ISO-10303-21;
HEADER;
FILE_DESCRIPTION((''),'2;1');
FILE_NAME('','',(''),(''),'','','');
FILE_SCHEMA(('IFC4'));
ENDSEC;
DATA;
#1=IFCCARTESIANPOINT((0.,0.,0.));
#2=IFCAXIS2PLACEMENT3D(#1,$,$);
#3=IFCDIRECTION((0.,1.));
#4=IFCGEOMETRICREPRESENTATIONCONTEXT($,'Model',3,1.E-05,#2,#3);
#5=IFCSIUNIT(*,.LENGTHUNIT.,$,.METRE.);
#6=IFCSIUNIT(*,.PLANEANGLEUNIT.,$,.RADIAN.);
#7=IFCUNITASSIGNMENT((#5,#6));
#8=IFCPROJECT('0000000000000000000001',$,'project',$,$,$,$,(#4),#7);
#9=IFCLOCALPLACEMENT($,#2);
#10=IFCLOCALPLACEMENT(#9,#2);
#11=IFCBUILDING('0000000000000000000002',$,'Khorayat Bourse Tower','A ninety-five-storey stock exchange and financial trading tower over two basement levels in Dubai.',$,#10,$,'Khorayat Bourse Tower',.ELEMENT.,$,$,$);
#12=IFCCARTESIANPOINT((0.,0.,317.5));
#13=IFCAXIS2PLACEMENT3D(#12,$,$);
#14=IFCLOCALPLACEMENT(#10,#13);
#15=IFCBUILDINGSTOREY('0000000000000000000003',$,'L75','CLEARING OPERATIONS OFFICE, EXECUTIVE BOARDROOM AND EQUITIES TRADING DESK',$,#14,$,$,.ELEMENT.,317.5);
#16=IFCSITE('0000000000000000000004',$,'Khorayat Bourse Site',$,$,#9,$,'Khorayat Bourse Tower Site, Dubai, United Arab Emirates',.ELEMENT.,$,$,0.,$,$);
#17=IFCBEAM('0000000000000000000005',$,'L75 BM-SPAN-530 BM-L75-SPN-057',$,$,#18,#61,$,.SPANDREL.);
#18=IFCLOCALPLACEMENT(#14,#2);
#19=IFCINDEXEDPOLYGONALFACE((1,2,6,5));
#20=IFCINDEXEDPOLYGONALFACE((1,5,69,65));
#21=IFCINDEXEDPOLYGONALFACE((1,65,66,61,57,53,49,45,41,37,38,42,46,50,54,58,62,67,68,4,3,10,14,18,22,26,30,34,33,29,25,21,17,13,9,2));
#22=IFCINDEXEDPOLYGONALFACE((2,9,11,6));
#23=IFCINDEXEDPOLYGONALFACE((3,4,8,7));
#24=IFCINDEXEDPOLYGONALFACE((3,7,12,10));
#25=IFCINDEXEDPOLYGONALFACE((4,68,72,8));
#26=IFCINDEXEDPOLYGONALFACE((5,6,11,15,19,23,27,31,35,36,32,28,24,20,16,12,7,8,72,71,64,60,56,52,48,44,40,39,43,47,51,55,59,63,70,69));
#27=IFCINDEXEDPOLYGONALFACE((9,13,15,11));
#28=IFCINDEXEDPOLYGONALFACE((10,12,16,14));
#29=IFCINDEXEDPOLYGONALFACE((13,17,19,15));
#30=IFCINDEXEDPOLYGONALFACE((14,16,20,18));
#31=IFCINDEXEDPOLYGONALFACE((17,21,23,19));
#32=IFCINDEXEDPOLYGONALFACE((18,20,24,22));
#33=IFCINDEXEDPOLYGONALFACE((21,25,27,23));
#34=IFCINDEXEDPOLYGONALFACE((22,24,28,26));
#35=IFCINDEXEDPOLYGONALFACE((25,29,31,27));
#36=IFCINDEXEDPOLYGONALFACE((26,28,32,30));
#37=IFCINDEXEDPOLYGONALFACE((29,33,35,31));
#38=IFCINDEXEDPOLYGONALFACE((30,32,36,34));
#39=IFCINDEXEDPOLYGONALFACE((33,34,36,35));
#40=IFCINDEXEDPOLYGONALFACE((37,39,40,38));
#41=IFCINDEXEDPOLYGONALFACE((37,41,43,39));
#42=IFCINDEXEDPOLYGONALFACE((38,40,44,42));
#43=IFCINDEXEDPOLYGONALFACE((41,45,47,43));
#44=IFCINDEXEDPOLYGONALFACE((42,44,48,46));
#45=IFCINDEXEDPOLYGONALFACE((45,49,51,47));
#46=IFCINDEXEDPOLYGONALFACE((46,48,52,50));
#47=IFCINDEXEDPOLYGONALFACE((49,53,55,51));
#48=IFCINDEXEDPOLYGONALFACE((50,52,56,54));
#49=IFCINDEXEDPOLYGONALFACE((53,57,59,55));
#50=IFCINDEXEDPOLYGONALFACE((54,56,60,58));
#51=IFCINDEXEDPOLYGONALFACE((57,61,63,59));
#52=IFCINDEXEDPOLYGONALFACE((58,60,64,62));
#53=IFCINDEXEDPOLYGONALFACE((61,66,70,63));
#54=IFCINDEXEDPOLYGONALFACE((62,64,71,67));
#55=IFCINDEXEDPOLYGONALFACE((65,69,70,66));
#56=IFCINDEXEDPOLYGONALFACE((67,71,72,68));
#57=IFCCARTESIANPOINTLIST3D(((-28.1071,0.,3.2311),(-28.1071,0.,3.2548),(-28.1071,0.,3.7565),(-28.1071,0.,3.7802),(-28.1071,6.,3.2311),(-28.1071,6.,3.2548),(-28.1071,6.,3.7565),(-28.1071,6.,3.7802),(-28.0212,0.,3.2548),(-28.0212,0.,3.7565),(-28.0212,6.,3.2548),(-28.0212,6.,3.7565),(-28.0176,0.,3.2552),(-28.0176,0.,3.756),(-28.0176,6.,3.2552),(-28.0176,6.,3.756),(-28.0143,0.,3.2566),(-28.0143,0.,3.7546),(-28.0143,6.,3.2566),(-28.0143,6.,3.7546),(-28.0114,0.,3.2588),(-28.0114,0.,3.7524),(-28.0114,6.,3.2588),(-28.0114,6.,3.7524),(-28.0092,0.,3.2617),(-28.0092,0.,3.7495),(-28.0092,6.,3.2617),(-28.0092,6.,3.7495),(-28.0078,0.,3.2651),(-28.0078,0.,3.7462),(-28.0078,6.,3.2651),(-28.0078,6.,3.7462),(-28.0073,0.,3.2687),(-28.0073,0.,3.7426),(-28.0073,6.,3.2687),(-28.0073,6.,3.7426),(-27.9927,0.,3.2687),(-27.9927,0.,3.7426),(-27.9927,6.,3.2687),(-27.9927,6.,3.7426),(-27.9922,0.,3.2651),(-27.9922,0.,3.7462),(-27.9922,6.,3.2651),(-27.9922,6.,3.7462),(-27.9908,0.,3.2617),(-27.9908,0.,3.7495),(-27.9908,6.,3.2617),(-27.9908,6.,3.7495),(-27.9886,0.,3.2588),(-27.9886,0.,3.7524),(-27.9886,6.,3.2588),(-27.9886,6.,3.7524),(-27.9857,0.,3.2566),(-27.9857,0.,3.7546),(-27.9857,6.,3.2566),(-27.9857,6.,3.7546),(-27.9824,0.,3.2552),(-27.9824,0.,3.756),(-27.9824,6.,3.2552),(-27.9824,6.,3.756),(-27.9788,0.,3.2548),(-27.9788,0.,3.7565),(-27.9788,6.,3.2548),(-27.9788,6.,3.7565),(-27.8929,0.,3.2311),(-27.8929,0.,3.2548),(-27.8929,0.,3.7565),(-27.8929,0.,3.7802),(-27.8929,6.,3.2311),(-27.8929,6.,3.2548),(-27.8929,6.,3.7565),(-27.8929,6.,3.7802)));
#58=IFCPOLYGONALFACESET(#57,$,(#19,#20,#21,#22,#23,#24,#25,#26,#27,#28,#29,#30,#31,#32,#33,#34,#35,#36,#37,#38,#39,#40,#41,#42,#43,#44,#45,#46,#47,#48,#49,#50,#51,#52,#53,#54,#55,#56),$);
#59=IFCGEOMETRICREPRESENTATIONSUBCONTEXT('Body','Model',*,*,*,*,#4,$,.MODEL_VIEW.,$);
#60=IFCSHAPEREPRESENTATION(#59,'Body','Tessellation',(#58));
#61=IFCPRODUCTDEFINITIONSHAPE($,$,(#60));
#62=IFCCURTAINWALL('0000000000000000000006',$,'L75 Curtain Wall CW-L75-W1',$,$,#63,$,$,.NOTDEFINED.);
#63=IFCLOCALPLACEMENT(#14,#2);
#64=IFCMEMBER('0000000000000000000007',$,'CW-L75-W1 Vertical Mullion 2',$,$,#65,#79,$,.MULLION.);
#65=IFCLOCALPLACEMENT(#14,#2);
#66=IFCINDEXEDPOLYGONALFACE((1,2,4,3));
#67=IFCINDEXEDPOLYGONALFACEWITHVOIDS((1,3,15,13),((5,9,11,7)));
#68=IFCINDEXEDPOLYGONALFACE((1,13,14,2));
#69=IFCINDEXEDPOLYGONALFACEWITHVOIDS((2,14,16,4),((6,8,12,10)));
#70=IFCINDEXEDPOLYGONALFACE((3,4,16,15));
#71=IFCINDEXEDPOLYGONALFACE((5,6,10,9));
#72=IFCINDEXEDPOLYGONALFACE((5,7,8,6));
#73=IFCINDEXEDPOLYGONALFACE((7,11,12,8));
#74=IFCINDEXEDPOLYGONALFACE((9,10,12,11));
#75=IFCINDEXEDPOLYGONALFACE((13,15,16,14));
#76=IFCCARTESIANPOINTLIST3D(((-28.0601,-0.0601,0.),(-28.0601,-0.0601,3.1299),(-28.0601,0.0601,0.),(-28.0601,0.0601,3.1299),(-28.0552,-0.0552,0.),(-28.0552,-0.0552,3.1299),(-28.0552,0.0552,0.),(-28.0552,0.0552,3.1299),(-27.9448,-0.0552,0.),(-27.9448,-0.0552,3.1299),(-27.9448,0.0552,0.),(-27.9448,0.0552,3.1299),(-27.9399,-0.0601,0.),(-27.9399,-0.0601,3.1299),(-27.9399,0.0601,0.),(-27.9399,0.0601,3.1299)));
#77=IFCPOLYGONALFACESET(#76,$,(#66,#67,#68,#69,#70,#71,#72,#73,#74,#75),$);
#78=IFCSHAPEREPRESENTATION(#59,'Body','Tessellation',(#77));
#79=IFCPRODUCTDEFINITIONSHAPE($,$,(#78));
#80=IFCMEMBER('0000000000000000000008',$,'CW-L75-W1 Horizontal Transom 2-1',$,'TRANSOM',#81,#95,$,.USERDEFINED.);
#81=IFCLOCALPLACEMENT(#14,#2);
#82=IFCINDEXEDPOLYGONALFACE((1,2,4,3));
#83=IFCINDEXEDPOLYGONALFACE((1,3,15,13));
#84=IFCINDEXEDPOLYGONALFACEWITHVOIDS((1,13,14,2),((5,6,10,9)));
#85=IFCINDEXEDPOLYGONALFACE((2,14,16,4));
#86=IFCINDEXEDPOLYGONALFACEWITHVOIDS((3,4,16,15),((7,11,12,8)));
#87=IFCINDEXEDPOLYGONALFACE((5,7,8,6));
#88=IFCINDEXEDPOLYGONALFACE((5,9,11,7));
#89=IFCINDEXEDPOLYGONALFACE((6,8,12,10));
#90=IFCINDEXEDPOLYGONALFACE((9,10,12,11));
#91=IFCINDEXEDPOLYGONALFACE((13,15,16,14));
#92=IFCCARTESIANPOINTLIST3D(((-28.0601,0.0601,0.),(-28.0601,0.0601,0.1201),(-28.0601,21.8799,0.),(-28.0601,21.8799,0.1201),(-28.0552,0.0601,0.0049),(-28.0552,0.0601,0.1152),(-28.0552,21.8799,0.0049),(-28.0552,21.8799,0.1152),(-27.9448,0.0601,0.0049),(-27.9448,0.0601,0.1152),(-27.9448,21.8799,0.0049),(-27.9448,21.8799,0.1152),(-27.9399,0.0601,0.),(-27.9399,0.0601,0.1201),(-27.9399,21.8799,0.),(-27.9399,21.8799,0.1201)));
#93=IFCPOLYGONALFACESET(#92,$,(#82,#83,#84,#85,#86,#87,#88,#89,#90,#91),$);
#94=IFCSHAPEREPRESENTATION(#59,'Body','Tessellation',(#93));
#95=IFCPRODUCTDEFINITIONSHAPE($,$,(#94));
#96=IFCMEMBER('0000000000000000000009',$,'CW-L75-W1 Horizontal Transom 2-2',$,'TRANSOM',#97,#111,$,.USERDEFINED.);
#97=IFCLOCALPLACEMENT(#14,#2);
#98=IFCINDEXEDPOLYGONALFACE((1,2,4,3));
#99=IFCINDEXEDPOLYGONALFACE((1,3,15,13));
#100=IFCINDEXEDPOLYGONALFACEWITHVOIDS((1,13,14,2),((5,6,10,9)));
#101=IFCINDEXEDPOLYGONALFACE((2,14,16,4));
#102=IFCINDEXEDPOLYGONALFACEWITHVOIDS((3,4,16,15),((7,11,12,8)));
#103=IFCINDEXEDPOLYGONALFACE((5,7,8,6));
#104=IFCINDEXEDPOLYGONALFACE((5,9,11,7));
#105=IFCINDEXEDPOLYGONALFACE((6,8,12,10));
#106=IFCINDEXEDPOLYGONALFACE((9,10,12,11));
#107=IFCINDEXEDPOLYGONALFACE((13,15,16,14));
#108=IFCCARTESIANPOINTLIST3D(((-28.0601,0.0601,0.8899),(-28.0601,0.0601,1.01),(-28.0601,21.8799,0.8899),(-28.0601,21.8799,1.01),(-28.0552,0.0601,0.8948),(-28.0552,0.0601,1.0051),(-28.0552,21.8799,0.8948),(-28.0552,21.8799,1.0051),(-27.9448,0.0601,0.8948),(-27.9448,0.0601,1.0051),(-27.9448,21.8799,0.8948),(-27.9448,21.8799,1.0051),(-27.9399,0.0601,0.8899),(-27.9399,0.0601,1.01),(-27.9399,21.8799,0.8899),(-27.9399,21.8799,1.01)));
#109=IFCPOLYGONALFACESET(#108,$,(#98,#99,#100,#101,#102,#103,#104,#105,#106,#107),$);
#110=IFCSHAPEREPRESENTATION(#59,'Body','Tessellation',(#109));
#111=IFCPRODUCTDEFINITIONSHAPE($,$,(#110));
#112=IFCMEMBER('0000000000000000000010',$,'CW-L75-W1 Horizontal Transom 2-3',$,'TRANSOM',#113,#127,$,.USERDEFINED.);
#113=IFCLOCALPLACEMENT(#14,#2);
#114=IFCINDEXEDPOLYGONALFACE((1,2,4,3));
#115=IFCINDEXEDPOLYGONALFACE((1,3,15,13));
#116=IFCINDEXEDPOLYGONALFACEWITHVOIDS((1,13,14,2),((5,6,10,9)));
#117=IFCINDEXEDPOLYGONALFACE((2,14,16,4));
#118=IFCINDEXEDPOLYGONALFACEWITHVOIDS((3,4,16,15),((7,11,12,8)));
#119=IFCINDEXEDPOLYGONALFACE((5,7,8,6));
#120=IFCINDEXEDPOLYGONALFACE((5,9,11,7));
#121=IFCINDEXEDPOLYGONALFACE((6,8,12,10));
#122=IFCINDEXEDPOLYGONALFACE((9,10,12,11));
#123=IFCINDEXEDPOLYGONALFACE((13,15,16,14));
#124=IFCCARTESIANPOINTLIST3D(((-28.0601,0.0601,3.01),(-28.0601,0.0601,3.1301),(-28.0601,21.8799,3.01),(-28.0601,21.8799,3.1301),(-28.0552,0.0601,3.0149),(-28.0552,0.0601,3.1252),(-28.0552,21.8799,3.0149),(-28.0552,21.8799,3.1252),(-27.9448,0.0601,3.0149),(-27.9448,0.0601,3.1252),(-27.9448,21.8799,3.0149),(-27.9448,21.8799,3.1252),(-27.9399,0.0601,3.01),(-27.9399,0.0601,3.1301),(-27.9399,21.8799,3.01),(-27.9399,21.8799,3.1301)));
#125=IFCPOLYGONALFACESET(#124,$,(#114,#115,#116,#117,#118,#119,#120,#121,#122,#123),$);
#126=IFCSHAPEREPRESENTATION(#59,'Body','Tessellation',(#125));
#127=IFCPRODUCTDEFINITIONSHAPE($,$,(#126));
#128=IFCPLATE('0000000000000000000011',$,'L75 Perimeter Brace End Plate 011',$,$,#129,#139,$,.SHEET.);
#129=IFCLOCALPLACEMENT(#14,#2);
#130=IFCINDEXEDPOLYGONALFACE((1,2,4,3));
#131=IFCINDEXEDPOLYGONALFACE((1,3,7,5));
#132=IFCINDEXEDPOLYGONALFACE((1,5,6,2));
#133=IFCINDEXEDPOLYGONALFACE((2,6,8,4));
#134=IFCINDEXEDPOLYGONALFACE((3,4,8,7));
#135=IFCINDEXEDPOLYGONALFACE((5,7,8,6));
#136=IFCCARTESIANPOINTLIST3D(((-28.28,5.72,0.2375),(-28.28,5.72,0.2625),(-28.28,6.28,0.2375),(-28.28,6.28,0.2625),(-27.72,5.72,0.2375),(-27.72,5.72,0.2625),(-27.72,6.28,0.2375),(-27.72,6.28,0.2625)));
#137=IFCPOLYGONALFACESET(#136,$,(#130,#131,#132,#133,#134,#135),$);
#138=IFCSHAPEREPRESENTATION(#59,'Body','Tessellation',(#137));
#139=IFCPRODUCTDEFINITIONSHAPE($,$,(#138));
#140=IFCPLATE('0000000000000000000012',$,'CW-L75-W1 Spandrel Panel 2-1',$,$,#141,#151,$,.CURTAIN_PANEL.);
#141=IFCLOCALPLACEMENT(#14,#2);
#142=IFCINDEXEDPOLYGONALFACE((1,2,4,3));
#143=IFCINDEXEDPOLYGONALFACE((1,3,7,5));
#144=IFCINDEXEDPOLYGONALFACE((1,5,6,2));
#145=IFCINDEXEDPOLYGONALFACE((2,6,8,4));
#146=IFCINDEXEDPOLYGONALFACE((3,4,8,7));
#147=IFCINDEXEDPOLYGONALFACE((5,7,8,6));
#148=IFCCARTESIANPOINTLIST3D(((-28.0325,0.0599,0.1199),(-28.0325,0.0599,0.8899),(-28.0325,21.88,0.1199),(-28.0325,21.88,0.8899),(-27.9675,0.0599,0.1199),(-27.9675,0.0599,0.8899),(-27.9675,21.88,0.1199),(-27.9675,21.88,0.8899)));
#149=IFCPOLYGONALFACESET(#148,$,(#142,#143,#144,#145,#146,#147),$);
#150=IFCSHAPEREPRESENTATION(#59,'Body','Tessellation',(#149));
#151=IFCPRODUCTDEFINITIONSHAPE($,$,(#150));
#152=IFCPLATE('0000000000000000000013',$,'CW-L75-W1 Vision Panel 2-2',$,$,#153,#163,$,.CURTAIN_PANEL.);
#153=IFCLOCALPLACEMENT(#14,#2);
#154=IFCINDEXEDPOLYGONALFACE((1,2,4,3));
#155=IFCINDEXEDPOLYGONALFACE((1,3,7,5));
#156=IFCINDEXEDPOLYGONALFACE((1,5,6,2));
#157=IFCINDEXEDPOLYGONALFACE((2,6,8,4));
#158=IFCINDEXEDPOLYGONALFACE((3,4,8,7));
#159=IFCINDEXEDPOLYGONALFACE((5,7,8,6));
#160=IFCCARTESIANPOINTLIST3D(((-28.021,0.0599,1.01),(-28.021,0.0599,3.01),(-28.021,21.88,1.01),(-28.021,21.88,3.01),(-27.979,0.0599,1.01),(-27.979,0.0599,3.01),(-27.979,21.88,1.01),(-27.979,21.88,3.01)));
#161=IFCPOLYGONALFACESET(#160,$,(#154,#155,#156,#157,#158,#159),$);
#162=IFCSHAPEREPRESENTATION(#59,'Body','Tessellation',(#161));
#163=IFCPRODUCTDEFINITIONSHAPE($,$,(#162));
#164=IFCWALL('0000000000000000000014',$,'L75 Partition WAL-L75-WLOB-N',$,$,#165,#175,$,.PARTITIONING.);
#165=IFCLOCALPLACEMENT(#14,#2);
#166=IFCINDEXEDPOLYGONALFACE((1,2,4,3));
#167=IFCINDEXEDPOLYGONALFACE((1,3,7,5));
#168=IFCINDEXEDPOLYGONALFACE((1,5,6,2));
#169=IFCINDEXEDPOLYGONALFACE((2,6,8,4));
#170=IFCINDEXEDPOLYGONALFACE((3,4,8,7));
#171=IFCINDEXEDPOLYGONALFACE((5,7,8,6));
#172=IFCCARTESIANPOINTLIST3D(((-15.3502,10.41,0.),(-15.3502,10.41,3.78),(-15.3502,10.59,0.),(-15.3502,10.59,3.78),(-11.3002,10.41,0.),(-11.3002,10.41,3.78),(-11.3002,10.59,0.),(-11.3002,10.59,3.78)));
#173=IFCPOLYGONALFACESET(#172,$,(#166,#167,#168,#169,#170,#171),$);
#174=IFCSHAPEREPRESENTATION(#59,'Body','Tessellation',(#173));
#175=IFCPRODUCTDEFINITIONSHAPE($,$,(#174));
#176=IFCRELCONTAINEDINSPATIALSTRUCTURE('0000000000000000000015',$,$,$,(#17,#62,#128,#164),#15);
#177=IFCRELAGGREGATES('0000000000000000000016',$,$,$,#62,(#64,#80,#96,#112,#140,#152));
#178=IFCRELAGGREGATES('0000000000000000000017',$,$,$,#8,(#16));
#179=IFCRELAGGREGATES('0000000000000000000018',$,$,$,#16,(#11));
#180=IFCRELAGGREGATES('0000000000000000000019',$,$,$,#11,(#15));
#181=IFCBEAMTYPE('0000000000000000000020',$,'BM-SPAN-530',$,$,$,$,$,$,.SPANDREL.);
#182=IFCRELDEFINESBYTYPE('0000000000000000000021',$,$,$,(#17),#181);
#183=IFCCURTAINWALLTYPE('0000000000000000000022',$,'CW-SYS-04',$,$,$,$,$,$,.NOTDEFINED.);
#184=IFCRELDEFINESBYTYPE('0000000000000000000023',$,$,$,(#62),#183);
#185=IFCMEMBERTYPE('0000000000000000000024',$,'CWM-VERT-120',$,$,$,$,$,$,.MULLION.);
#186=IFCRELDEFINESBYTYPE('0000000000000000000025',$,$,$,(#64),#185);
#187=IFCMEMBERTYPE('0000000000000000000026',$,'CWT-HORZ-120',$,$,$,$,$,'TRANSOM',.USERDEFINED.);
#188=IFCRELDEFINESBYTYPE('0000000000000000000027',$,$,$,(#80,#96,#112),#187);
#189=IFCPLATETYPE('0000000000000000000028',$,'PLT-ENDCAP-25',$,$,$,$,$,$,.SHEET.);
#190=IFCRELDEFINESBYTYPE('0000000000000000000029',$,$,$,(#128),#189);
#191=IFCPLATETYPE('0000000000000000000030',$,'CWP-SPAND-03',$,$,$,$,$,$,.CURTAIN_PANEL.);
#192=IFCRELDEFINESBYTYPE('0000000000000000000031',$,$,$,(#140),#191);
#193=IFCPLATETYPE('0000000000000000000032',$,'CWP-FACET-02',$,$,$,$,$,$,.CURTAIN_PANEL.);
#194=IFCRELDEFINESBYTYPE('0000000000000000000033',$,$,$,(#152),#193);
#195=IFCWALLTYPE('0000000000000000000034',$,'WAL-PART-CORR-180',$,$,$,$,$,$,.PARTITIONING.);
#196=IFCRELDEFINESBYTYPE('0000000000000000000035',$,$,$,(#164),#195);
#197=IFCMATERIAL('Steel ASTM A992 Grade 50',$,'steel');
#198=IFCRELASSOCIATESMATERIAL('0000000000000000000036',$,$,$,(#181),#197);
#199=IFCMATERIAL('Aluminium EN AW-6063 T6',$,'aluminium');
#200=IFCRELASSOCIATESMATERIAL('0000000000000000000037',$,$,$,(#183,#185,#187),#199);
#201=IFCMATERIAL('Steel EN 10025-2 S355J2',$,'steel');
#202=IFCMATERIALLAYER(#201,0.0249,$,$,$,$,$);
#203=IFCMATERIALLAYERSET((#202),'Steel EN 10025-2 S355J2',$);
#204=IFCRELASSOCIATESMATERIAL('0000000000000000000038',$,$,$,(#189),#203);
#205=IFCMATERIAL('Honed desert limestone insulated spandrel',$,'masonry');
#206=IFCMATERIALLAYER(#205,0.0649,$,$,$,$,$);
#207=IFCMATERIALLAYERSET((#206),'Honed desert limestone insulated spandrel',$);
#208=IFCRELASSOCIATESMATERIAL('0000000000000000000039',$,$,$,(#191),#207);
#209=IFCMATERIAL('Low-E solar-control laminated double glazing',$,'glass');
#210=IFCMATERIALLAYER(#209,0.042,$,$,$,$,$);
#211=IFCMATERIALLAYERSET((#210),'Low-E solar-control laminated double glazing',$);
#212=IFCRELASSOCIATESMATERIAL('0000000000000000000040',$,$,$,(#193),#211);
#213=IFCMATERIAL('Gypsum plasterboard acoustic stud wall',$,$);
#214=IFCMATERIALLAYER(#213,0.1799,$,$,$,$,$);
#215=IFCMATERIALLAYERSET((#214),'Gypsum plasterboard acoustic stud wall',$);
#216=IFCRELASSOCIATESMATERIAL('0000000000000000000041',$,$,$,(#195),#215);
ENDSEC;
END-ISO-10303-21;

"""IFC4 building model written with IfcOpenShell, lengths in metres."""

from ifc_helpers import new_model, si_unit, direction, frame, frame_2d, origin, origin_2d, place, context, subcontext, project, spatial, rectangle, hollow_rectangle, i_section, extrude, source, transform, mapped, material, layer, layer_set, material_profile, profile_set, type_object, element, aggregate, save


model = new_model("IFC4")

# Units and contexts
model_context = context("Model", 3, precision=1e-05, world=origin(), true_north=direction((0.0, 1.0)))
body_context = subcontext(model_context, "Body", "Model", "MODEL_VIEW")
ifc_project = project(units=[si_unit("LENGTHUNIT", "METRE"), si_unit("PLANEANGLEUNIT", "RADIAN")], contexts=[model_context])

# Site, building, storey
site_placement = place(None, origin())
site = spatial("IfcSite", under=ifc_project, at=site_placement, Name="Khorayat Bourse Site", LongName="Khorayat Bourse Tower Site, Dubai, United Arab Emirates", CompositionType="ELEMENT", RefElevation=0.0)
building_placement = place(site_placement, origin())
building = spatial("IfcBuilding", under=site, at=building_placement, Name="Khorayat Bourse Tower", Description="A ninety-five-storey stock exchange and financial trading tower over two basement levels in Dubai.", LongName="Khorayat Bourse Tower", CompositionType="ELEMENT")
storey_placement = place(building_placement, frame((0.0, 0.0, 317.5)))
storey = spatial("IfcBuildingStorey", under=building, at=storey_placement, Name="L75", Description="CLEARING OPERATIONS OFFICE, EXECUTIVE BOARDROOM AND EQUITIES TRADING DESK", CompositionType="ELEMENT", Elevation=317.5)

# Beam
ifc_material_1 = material(Name="Steel ASTM A992 Grade 50", Category="steel")
ifc_material_profile_1 = material_profile(ifc_material_1, i_section(OverallWidth=0.2141, OverallDepth=0.5491, WebThickness=0.0146, FlangeThickness=0.0237, FilletRadius=0.0139, at=origin_2d()), Name="W530X138")
ifc_profile_set_1 = profile_set([ifc_material_profile_1], Name="Steel ASTM A992 Grade 50")
beam_type_1 = type_object("IfcBeamType", Name="BM-SPAN-530", PredefinedType="SPANDREL", material=ifc_profile_set_1)
shared_shape_1 = source(origin(), body_context, "Body", "SweptSolid", [
    extrude(i_section(OverallWidth=0.2141, OverallDepth=0.5491, WebThickness=0.0146, FlangeThickness=0.0237, FilletRadius=0.0139, at=origin_2d()), origin(), (0.0, 0.0, 1.0), 6.0),
])
beam_1_placement = place(storey_placement, frame((-28.0, 0.0, 3.5056), z_axis=(0.0, 1.0, 0.0), x_axis=(-1.0, 0.0, 0.0)))
element("IfcBeam", 1, at=beam_1_placement, inside=storey, type_object=beam_type_1, Name="L75 BM-SPAN-530 BM-L75-SPN-057", PredefinedType="SPANDREL", context=body_context, shape_type="MappedRepresentation", body=[
    mapped(shared_shape_1, transform((0.0, 0.0, 0.0), scale=1.0)),
])

# Curtain wall, members
ifc_material_2 = material(Name="Aluminium EN AW-6063 T6", Category="aluminium")
curtain_wall_type = type_object("IfcCurtainWallType", Name="CW-SYS-04", PredefinedType="NOTDEFINED", material=ifc_material_2)
curtain_wall_placement = place(storey_placement, origin())
curtain_wall = element("IfcCurtainWall", 2, at=curtain_wall_placement, inside=storey, type_object=curtain_wall_type, Name="L75 Curtain Wall CW-L75-W1", PredefinedType="NOTDEFINED")
ifc_material_profile_2 = material_profile(ifc_material_2, hollow_rectangle(XDim=0.1201, YDim=0.1201, WallThickness=0.0049, at=origin_2d()), Name="ALU 120x120x5")
ifc_profile_set_2 = profile_set([ifc_material_profile_2], Name="Aluminium EN AW-6063 T6")
member_type_1 = type_object("IfcMemberType", Name="CWM-VERT-120", PredefinedType="MULLION", material=ifc_profile_set_2)
shared_shape_2 = source(origin(), body_context, "Body", "SweptSolid", [
    extrude(hollow_rectangle(XDim=0.1201, YDim=0.1201, WallThickness=0.0049, at=origin_2d()), origin(), (0.0, 0.0, 1.0), 3.1299),
])
member_1_placement = place(storey_placement, frame((-28.0, 0.0, 0.0), z_axis=(0.0, 0.0, 1.0), x_axis=(-1.0, 0.0, 0.0)))
member_1 = element("IfcMember", 3, at=member_1_placement, type_object=member_type_1, Name="CW-L75-W1 Vertical Mullion 2", PredefinedType="MULLION", context=body_context, shape_type="MappedRepresentation", body=[
    mapped(shared_shape_2, transform((0.0, 0.0, 0.0), scale=1.0)),
])
ifc_material_profile_3 = material_profile(ifc_material_2, hollow_rectangle(XDim=0.1201, YDim=0.1201, WallThickness=0.0049, at=origin_2d()), Name="ALU 120x120x5")
ifc_profile_set_3 = profile_set([ifc_material_profile_3], Name="Aluminium EN AW-6063 T6")
member_type_2 = type_object("IfcMemberType", Name="CWT-HORZ-120", ElementType="TRANSOM", PredefinedType="USERDEFINED", material=ifc_profile_set_3)
shared_shape_3 = source(origin(), body_context, "Body", "SweptSolid", [
    extrude(hollow_rectangle(XDim=0.1201, YDim=0.1201, WallThickness=0.0049, at=origin_2d()), origin(), (0.0, 0.0, 1.0), 21.8198),
])
member_2_placement = place(storey_placement, frame((-28.0, 0.0601, 0.0601), z_axis=(0.0, 1.0, 0.0), x_axis=(-1.0, 0.0, 0.0)))
member_2 = element("IfcMember", 4, at=member_2_placement, type_object=member_type_2, Name="CW-L75-W1 Horizontal Transom 2-1", ObjectType="TRANSOM", PredefinedType="USERDEFINED", context=body_context, shape_type="MappedRepresentation", body=[
    mapped(shared_shape_3, transform((0.0, 0.0, 0.0), scale=1.0)),
])
member_3_placement = place(storey_placement, frame((-28.0, 0.0601, 0.95), z_axis=(0.0, 1.0, 0.0), x_axis=(-1.0, 0.0, 0.0)))
member_3 = element("IfcMember", 5, at=member_3_placement, type_object=member_type_2, Name="CW-L75-W1 Horizontal Transom 2-2", ObjectType="TRANSOM", PredefinedType="USERDEFINED", context=body_context, shape_type="MappedRepresentation", body=[
    mapped(shared_shape_3, transform((0.0, 0.0, 0.0), scale=1.0)),
])
member_4_placement = place(storey_placement, frame((-28.0, 0.0601, 3.0701), z_axis=(0.0, 1.0, 0.0), x_axis=(-1.0, 0.0, 0.0)))
member_4 = element("IfcMember", 6, at=member_4_placement, type_object=member_type_2, Name="CW-L75-W1 Horizontal Transom 2-3", ObjectType="TRANSOM", PredefinedType="USERDEFINED", context=body_context, shape_type="MappedRepresentation", body=[
    mapped(shared_shape_3, transform((0.0, 0.0, 0.0), scale=1.0)),
])

# Plates
ifc_material_3 = material(Name="Steel EN 10025-2 S355J2", Category="steel")
ifc_layer_1 = layer(ifc_material_3, 0.0249)
ifc_layer_set_1 = layer_set([ifc_layer_1], Name="Steel EN 10025-2 S355J2")
plate_type_1 = type_object("IfcPlateType", Name="PLT-ENDCAP-25", PredefinedType="SHEET", material=ifc_layer_set_1)
shared_shape_4 = source(origin(), body_context, "Body", "SweptSolid", [
    extrude(rectangle(XDim=0.5601, YDim=0.5601, at=origin_2d()), origin(), (0.0, 0.0, 1.0), 0.0249),
])
plate_1_placement = place(storey_placement, frame((-28.0, 6.0, 0.2375), z_axis=(0.0, 0.0, 1.0), x_axis=(1.0, 0.0, 0.0)))
element("IfcPlate", 7, at=plate_1_placement, inside=storey, type_object=plate_type_1, Name="L75 Perimeter Brace End Plate 011", PredefinedType="SHEET", context=body_context, shape_type="MappedRepresentation", body=[
    mapped(shared_shape_4, transform((0.0, 0.0, 0.0), scale=1.0)),
])
ifc_material_4 = material(Name="Honed desert limestone insulated spandrel", Category="masonry")
ifc_layer_2 = layer(ifc_material_4, 0.0649)
ifc_layer_set_2 = layer_set([ifc_layer_2], Name="Honed desert limestone insulated spandrel")
plate_type_2 = type_object("IfcPlateType", Name="CWP-SPAND-03", PredefinedType="CURTAIN_PANEL", material=ifc_layer_set_2)
shared_shape_5 = source(origin(), body_context, "Body", "SweptSolid", [
    extrude(rectangle(XDim=21.8201, YDim=0.0649, at=origin_2d()), origin(), (0.0, 0.0, 1.0), 0.77),
])
plate_2_placement = place(storey_placement, frame((-28.0, 10.97, 0.1199), z_axis=(0.0, 0.0, 1.0), x_axis=(0.0, 1.0, 0.0)))
plate_2 = element("IfcPlate", 8, at=plate_2_placement, type_object=plate_type_2, Name="CW-L75-W1 Spandrel Panel 2-1", PredefinedType="CURTAIN_PANEL", context=body_context, shape_type="MappedRepresentation", body=[
    mapped(shared_shape_5, transform((0.0, 0.0, 0.0), scale=1.0)),
])
ifc_material_5 = material(Name="Low-E solar-control laminated double glazing", Category="glass")
ifc_layer_3 = layer(ifc_material_5, 0.042)
ifc_layer_set_3 = layer_set([ifc_layer_3], Name="Low-E solar-control laminated double glazing")
plate_type_3 = type_object("IfcPlateType", Name="CWP-FACET-02", PredefinedType="CURTAIN_PANEL", material=ifc_layer_set_3)
shared_shape_6 = source(origin(), body_context, "Body", "SweptSolid", [
    extrude(rectangle(XDim=21.8201, YDim=0.042, at=origin_2d()), origin(), (0.0, 0.0, 1.0), 2.0),
])
plate_3_placement = place(storey_placement, frame((-28.0, 10.97, 1.01), z_axis=(0.0, 0.0, 1.0), x_axis=(0.0, 1.0, 0.0)))
plate_3 = element("IfcPlate", 9, at=plate_3_placement, type_object=plate_type_3, Name="CW-L75-W1 Vision Panel 2-2", PredefinedType="CURTAIN_PANEL", context=body_context, shape_type="MappedRepresentation", body=[
    mapped(shared_shape_6, transform((0.0, 0.0, 0.0), scale=1.0)),
])
aggregate(curtain_wall, [member_1, member_2, member_3, member_4, plate_2, plate_3])

# Wall
ifc_material_6 = material(Name="Gypsum plasterboard acoustic stud wall")
ifc_layer_4 = layer(ifc_material_6, 0.1799)
ifc_layer_set_4 = layer_set([ifc_layer_4], Name="Gypsum plasterboard acoustic stud wall")
wall_type_1 = type_object("IfcWallType", Name="WAL-PART-CORR-180", PredefinedType="PARTITIONING", material=ifc_layer_set_4)
shared_shape_7 = source(origin(), body_context, "Body", "SweptSolid", [
    extrude(rectangle(XDim=4.05, YDim=0.1799, at=frame_2d((2.0249, 0.0))), origin(), (0.0, 0.0, 1.0), 3.78),
])
wall_1_placement = place(storey_placement, frame((-15.3501, 10.5, 0.0), z_axis=(0.0, 0.0, 1.0), x_axis=(1.0, 0.0, 0.0)))
element("IfcWall", 10, at=wall_1_placement, inside=storey, type_object=wall_type_1, Name="L75 Partition WAL-L75-WLOB-N", PredefinedType="PARTITIONING", context=body_context, shape_type="MappedRepresentation", body=[
    mapped(shared_shape_7, transform((0.0, 0.0, 0.0), scale=1.0)),
])

save(model, "model.ifc")
